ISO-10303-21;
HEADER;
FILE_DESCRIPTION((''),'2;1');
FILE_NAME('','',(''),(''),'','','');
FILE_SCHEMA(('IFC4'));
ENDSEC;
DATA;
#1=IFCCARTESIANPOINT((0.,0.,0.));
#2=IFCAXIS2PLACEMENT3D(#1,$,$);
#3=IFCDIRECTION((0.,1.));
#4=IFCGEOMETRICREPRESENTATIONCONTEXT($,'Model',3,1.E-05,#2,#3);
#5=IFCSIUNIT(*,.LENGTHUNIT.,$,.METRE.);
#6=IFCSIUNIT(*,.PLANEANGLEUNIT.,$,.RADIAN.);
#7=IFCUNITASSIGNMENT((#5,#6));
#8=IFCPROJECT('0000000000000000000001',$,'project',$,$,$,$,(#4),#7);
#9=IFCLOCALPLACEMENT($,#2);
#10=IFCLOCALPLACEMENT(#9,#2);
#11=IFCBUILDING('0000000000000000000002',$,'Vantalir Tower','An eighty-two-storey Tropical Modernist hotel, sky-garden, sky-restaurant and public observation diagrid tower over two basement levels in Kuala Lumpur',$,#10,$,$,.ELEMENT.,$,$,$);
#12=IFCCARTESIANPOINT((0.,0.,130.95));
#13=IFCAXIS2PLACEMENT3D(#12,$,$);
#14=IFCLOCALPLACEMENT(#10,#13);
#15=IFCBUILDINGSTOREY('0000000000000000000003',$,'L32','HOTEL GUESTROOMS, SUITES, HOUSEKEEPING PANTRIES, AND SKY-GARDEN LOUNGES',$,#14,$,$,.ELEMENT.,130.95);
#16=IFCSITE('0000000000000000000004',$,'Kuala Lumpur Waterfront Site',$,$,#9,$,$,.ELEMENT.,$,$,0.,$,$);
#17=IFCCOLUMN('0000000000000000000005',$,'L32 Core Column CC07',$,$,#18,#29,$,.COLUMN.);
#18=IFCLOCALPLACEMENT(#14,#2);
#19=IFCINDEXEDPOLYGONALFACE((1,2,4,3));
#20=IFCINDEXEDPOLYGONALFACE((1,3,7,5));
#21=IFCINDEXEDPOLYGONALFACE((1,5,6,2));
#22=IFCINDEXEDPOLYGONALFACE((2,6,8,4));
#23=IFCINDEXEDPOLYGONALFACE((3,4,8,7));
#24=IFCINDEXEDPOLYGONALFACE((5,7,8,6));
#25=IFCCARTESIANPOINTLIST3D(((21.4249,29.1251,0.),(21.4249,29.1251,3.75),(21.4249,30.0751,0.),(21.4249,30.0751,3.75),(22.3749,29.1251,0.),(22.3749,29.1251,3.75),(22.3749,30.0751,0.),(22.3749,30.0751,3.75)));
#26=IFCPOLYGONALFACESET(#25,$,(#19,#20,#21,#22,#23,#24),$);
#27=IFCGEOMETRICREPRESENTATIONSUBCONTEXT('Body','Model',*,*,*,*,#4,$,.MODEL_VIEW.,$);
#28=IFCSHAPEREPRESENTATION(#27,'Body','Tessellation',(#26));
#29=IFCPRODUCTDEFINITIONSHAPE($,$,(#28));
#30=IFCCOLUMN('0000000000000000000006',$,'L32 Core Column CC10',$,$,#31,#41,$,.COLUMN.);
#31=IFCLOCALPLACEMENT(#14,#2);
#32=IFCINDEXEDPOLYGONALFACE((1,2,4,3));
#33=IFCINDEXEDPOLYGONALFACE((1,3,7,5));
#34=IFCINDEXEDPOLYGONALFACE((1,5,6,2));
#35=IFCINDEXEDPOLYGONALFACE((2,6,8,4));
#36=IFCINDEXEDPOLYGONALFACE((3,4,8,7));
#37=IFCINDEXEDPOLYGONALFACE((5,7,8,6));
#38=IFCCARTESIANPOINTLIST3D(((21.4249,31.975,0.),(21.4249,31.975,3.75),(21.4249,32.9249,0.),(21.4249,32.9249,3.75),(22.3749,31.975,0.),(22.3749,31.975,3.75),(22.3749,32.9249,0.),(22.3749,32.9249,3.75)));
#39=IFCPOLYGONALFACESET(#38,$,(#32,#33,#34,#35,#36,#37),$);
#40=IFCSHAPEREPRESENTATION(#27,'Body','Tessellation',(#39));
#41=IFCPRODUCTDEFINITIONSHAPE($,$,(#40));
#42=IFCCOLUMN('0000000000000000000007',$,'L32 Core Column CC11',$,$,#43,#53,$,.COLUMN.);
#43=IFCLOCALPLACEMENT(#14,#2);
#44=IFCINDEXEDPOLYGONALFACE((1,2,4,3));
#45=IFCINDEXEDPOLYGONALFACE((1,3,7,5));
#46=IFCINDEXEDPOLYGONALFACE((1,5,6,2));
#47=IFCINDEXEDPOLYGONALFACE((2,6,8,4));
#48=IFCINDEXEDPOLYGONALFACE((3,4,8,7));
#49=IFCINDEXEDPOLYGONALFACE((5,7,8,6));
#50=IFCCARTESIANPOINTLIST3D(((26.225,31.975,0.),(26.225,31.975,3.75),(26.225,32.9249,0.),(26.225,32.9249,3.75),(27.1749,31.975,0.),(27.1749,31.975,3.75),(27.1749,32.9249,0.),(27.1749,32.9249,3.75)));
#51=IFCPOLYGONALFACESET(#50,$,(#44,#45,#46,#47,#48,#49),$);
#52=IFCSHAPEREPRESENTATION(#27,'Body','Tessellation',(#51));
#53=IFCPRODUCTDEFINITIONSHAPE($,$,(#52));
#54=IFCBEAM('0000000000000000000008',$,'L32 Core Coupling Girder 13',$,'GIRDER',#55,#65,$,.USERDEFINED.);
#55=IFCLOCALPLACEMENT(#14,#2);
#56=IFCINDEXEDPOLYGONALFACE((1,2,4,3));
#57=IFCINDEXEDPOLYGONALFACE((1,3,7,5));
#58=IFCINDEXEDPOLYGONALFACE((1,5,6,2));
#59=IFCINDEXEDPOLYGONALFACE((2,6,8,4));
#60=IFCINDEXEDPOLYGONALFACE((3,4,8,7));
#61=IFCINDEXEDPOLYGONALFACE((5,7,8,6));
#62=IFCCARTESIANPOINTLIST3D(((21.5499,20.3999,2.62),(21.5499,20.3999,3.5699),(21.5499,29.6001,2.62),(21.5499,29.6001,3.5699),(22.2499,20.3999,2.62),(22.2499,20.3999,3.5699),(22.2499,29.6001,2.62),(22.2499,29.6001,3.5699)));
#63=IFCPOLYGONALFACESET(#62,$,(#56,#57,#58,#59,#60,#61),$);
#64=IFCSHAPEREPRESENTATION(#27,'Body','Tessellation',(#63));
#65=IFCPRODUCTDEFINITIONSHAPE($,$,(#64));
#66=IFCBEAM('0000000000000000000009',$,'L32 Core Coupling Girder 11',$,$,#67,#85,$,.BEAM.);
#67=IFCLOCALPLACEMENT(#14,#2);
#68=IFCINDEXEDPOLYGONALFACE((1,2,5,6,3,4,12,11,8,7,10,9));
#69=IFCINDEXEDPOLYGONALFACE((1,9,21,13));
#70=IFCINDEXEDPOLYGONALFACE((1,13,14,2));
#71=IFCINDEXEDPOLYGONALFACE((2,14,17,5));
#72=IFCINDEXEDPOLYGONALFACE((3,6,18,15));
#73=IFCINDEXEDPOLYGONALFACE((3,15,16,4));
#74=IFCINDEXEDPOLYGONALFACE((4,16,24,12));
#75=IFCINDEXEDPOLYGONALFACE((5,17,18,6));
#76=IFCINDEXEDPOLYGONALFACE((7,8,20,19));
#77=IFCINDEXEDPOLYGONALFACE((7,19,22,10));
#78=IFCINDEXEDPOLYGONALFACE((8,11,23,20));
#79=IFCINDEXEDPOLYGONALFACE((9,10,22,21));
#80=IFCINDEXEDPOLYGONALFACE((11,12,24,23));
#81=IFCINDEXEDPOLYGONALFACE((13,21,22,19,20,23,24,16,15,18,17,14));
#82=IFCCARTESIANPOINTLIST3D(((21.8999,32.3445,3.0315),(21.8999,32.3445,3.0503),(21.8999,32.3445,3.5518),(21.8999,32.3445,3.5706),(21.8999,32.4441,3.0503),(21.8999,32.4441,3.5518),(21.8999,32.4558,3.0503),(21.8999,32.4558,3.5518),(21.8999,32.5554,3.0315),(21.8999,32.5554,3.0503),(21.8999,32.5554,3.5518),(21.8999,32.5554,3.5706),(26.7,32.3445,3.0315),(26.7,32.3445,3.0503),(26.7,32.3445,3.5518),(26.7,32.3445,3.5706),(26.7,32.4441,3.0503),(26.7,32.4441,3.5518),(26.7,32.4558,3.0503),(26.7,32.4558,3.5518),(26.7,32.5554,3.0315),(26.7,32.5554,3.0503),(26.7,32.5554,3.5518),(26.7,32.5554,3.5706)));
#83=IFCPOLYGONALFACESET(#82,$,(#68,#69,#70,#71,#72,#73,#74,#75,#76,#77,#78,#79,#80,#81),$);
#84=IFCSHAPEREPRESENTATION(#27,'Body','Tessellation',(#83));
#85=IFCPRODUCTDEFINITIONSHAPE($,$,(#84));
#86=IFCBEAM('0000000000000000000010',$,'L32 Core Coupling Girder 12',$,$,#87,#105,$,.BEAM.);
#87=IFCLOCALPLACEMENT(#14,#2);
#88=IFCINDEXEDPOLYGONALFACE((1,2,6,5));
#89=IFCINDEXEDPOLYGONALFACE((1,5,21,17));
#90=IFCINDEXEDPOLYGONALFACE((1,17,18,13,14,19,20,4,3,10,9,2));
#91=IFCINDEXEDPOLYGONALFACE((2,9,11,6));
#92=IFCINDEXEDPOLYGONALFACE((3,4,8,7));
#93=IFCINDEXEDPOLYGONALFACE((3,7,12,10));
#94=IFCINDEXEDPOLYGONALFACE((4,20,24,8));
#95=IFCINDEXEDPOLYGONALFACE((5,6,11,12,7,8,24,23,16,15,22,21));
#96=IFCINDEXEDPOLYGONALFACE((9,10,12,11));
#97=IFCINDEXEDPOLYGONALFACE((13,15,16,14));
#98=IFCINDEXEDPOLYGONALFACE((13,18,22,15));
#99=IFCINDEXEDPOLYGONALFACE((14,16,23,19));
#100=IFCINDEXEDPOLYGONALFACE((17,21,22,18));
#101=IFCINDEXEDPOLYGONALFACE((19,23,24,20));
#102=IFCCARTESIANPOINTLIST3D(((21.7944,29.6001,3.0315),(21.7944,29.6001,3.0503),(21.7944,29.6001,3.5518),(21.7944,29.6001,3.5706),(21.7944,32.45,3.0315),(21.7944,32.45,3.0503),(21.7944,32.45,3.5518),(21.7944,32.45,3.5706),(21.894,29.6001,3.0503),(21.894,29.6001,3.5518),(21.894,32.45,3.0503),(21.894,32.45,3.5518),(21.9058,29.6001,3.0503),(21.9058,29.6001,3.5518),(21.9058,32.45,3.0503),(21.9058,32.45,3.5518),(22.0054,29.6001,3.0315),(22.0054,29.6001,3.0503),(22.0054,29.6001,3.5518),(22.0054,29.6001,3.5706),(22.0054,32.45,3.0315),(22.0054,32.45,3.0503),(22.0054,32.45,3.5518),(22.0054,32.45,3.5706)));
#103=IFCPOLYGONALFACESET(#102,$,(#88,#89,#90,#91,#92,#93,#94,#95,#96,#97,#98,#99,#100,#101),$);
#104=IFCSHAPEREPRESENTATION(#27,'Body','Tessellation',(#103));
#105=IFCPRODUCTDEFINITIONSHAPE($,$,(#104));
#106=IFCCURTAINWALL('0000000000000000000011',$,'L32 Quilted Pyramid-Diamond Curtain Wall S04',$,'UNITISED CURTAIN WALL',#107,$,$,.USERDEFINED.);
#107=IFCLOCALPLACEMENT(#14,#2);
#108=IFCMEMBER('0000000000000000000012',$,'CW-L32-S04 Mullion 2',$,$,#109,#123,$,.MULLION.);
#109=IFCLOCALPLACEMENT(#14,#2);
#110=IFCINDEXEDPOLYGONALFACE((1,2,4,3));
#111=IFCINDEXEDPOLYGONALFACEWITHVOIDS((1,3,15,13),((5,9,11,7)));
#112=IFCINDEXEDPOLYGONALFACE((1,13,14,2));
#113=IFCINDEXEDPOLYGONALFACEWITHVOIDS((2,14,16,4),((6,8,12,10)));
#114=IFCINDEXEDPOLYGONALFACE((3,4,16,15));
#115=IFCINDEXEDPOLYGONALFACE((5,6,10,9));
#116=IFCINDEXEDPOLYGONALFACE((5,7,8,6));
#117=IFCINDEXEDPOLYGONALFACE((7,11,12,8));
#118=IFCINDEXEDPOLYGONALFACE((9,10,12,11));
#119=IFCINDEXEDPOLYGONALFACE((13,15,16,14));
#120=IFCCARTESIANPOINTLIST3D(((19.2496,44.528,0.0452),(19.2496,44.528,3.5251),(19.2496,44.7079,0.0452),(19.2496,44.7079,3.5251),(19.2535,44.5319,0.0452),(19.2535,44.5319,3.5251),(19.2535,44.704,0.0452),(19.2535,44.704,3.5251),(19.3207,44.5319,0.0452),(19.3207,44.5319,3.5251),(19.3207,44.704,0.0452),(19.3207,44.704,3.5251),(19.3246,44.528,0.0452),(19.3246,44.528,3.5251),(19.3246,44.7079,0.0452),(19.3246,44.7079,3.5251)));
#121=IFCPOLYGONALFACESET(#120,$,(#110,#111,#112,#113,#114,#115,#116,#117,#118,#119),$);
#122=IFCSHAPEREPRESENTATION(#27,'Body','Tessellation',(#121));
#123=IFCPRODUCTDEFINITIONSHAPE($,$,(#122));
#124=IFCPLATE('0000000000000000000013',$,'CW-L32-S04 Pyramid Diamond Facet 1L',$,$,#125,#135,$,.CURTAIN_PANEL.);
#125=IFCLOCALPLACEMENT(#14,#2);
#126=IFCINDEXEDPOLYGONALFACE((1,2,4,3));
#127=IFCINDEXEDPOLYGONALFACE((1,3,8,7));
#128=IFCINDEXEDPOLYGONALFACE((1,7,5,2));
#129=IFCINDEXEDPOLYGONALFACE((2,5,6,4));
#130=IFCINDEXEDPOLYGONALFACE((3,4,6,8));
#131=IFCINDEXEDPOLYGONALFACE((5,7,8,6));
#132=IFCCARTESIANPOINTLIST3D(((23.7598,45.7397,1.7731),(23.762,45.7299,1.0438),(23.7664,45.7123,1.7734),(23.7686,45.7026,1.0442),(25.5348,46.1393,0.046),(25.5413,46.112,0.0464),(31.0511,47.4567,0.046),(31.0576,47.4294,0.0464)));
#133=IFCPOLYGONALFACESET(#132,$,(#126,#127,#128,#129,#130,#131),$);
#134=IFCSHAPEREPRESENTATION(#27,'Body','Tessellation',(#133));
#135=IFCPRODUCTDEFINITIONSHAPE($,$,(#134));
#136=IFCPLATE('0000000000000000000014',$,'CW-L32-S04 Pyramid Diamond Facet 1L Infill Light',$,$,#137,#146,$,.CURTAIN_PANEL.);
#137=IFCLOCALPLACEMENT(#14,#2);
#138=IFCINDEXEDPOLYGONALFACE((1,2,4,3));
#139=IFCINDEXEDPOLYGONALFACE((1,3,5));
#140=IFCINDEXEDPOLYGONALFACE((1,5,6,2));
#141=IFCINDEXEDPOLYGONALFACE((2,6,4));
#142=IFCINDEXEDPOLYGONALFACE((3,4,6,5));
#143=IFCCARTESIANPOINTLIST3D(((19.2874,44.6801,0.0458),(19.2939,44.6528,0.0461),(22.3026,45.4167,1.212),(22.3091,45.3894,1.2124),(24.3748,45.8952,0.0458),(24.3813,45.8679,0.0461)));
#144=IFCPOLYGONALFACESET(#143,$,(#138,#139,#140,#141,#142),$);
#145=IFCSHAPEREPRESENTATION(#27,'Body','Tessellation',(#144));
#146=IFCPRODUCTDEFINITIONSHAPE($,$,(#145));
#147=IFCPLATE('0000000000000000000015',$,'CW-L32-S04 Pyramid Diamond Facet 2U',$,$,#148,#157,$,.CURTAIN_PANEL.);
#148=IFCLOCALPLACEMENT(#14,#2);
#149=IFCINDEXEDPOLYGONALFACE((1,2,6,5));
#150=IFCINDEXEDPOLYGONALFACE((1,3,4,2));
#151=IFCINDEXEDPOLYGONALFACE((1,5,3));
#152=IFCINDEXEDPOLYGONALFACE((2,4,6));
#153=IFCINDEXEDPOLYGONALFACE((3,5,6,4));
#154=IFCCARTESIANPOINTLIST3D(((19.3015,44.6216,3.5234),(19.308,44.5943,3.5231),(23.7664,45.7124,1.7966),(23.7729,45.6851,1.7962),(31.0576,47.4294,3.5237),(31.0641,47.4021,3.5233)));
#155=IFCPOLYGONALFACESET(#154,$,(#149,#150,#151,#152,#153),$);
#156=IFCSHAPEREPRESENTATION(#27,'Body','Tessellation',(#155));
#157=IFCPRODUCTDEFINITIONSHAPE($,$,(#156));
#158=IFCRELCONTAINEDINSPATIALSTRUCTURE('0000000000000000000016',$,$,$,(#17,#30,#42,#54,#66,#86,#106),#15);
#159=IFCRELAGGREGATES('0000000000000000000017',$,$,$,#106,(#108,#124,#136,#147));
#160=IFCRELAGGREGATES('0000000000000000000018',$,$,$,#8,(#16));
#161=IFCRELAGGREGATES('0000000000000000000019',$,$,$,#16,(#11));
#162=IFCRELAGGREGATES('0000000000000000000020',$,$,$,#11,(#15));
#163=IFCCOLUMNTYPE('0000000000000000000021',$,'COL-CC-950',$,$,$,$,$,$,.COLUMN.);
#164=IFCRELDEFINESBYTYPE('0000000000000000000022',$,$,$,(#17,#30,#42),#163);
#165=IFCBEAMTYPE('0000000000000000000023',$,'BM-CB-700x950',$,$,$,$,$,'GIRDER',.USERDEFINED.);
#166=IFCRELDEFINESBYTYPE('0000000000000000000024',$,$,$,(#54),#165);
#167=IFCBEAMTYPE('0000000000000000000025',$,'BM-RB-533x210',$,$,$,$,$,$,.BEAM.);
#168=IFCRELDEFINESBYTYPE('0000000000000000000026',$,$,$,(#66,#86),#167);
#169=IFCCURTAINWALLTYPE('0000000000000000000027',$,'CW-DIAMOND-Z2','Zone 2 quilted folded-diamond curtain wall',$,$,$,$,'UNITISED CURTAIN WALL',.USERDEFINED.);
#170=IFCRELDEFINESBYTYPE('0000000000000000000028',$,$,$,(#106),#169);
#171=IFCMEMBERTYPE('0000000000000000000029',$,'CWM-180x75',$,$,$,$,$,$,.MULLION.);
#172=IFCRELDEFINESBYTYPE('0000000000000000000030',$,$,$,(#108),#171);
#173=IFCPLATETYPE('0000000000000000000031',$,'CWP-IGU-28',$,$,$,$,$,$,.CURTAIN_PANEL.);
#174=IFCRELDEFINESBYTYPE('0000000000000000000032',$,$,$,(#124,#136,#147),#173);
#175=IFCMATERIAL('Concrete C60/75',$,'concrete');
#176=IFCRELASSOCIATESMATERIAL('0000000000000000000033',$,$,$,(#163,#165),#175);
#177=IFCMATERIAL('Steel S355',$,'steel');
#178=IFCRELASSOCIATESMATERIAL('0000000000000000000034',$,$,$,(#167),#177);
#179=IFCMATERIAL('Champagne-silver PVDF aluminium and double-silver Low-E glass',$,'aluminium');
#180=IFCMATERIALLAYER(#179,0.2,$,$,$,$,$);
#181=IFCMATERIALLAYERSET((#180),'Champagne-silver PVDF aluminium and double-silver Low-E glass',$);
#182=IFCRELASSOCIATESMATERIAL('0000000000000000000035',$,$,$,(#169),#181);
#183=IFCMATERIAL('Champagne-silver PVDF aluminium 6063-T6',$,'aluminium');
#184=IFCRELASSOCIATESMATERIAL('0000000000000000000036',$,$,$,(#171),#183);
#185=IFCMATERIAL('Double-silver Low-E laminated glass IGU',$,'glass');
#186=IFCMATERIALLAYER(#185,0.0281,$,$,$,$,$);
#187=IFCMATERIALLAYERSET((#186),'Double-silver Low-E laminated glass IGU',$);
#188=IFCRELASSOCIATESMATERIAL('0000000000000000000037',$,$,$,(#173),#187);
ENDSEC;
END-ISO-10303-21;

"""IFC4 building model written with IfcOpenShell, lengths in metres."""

from ifc_helpers import new_model, si_unit, direction, frame, origin, origin_2d, place, context, subcontext, project, spatial, polyline, rectangle, hollow_rectangle, i_section, outline, extrude, material, layer, layer_set, material_profile, profile_set, type_object, element, aggregate, save


model = new_model("IFC4")

# Units and contexts
model_context = context("Model", 3, precision=1e-05, world=origin(), true_north=direction((0.0, 1.0)))
body_context = subcontext(model_context, "Body", "Model", "MODEL_VIEW")
ifc_project = project(units=[si_unit("LENGTHUNIT", "METRE"), si_unit("PLANEANGLEUNIT", "RADIAN")], contexts=[model_context])

# Site, building, storey
site_placement = place(None, origin())
site = spatial("IfcSite", under=ifc_project, at=site_placement, Name="Kuala Lumpur Waterfront Site", CompositionType="ELEMENT", RefElevation=0.0)
building_placement = place(site_placement, origin())
building = spatial("IfcBuilding", under=site, at=building_placement, Name="Vantalir Tower", Description="An eighty-two-storey Tropical Modernist hotel, sky-garden, sky-restaurant and public observation diagrid tower over two basement levels in Kuala Lumpur", CompositionType="ELEMENT")
storey_placement = place(building_placement, frame((0.0, 0.0, 130.95)))
storey = spatial("IfcBuildingStorey", under=building, at=storey_placement, Name="L32", Description="HOTEL GUESTROOMS, SUITES, HOUSEKEEPING PANTRIES, AND SKY-GARDEN LOUNGES", CompositionType="ELEMENT", Elevation=130.95)

# Columns
ifc_material_1 = material(Name="Concrete C60/75", Category="concrete")
ifc_material_profile_1 = material_profile(ifc_material_1, rectangle(XDim=0.95, YDim=0.95, at=origin_2d()), Name="Concrete C60/75")
ifc_profile_set_1 = profile_set([ifc_material_profile_1], Name="Concrete C60/75")
column_type = type_object("IfcColumnType", Name="COL-CC-950", PredefinedType="COLUMN", material=ifc_profile_set_1)
for number, where, z_axis, x_axis, name in (
    (1, (21.8999, 29.6001, 0.0), (0.0, 0.0, 1.0), (1.0, 0.0, 0.0), "L32 Core Column CC07"),
    (2, (21.8999, 32.45, 0.0), (0.0, 0.0, 1.0), (1.0, 0.0, 0.0), "L32 Core Column CC10"),
    (3, (26.7, 32.45, 0.0), (0.0, 0.0, 1.0), (1.0, 0.0, 0.0), "L32 Core Column CC11"),
):
    element("IfcColumn", number, at=place(storey_placement, frame(where, z_axis=z_axis, x_axis=x_axis)), inside=storey, type_object=column_type, Name=name, PredefinedType="COLUMN", context=body_context, shape_type="SweptSolid", body=[
        extrude(rectangle(XDim=0.95, YDim=0.95, at=origin_2d()), origin(), (0.0, 0.0, 1.0), 3.75),
    ])

# Beams
ifc_material_profile_2 = material_profile(ifc_material_1, rectangle(XDim=0.7, YDim=0.95, at=origin_2d()), Name="Concrete C60/75")
ifc_profile_set_2 = profile_set([ifc_material_profile_2], Name="Concrete C60/75")
beam_type_1 = type_object("IfcBeamType", Name="BM-CB-700x950", ElementType="GIRDER", PredefinedType="USERDEFINED", material=ifc_profile_set_2)
beam_1_placement = place(storey_placement, frame((21.8999, 29.6001, 3.095), z_axis=(0.0, -1.0, 0.0), x_axis=(1.0, 0.0, 0.0)))
element("IfcBeam", 4, at=beam_1_placement, inside=storey, type_object=beam_type_1, Name="L32 Core Coupling Girder 13", ObjectType="GIRDER", PredefinedType="USERDEFINED", context=body_context, shape_type="SweptSolid", body=[
    extrude(rectangle(XDim=0.7, YDim=0.95, at=origin_2d()), origin(), (0.0, 0.0, 1.0), 9.2002),
])
ifc_material_2 = material(Name="Steel S355", Category="steel")
ifc_material_profile_3 = material_profile(ifc_material_2, i_section(OverallWidth=0.2109, OverallDepth=0.5391, WebThickness=0.0117, FlangeThickness=0.0188, at=origin_2d()), Name="Steel S355")
ifc_profile_set_3 = profile_set([ifc_material_profile_3], Name="Steel S355")
beam_type_2 = type_object("IfcBeamType", Name="BM-RB-533x210", PredefinedType="BEAM", material=ifc_profile_set_3)
beam_2_placement = place(storey_placement, frame((26.7, 32.45, 3.301), z_axis=(-1.0, 0.0, 0.0), x_axis=(0.0, -1.0, 0.0)))
element("IfcBeam", 5, at=beam_2_placement, inside=storey, type_object=beam_type_2, Name="L32 Core Coupling Girder 11", PredefinedType="BEAM", context=body_context, shape_type="SweptSolid", body=[
    extrude(i_section(OverallWidth=0.2109, OverallDepth=0.5391, WebThickness=0.0117, FlangeThickness=0.0188, at=origin_2d()), origin(), (0.0, 0.0, 1.0), 4.8),
])
beam_3_placement = place(storey_placement, frame((21.8999, 32.45, 3.301), z_axis=(0.0, -1.0, 0.0), x_axis=(1.0, 0.0, 0.0)))
element("IfcBeam", 6, at=beam_3_placement, inside=storey, type_object=beam_type_2, Name="L32 Core Coupling Girder 12", PredefinedType="BEAM", context=body_context, shape_type="SweptSolid", body=[
    extrude(i_section(OverallWidth=0.2109, OverallDepth=0.5391, WebThickness=0.0117, FlangeThickness=0.0188, at=origin_2d()), origin(), (0.0, 0.0, 1.0), 2.8499),
])

# Curtain wall, member, plates
ifc_material_3 = material(Name="Champagne-silver PVDF aluminium and double-silver Low-E glass", Category="aluminium")
ifc_layer_1 = layer(ifc_material_3, 0.2)
ifc_layer_set_1 = layer_set([ifc_layer_1], Name="Champagne-silver PVDF aluminium and double-silver Low-E glass")
curtain_wall_type = type_object("IfcCurtainWallType", Name="CW-DIAMOND-Z2", Description="Zone 2 quilted folded-diamond curtain wall", ElementType="UNITISED CURTAIN WALL", PredefinedType="USERDEFINED", material=ifc_layer_set_1)
curtain_wall_placement = place(storey_placement, origin())
curtain_wall = element("IfcCurtainWall", 7, at=curtain_wall_placement, inside=storey, type_object=curtain_wall_type, Name="L32 Quilted Pyramid-Diamond Curtain Wall S04", ObjectType="UNITISED CURTAIN WALL", PredefinedType="USERDEFINED")
ifc_material_4 = material(Name="Champagne-silver PVDF aluminium 6063-T6", Category="aluminium")
ifc_material_profile_4 = material_profile(ifc_material_4, hollow_rectangle(XDim=0.075, YDim=0.1799, WallThickness=0.0039, at=origin_2d()), Name="Champagne-silver PVDF aluminium 6063-T6")
ifc_profile_set_4 = profile_set([ifc_material_profile_4], Name="Champagne-silver PVDF aluminium 6063-T6")
member_type = type_object("IfcMemberType", Name="CWM-180x75", PredefinedType="MULLION", material=ifc_profile_set_4)
member_placement = place(storey_placement, frame((19.2871, 44.6179, 0.0452), z_axis=(0.0, 0.0, 1.0), x_axis=(1.0, 0.0, 0.0)))
member = element("IfcMember", 8, at=member_placement, type_object=member_type, Name="CW-L32-S04 Mullion 2", PredefinedType="MULLION", context=body_context, shape_type="SweptSolid", body=[
    extrude(hollow_rectangle(XDim=0.075, YDim=0.1799, WallThickness=0.0039, at=origin_2d()), origin(), (0.0, 0.0, 1.0), 3.48),
])
ifc_material_5 = material(Name="Double-silver Low-E laminated glass IGU", Category="glass")
ifc_layer_2 = layer(ifc_material_5, 0.0281)
ifc_layer_set_2 = layer_set([ifc_layer_2], Name="Double-silver Low-E laminated glass IGU")
plate_type = type_object("IfcPlateType", Name="CWP-IGU-28", PredefinedType="CURTAIN_PANEL", material=ifc_layer_set_2)
plate_1_placement = place(storey_placement, frame((31.0576, 47.4294, 0.0464), z_axis=(0.23227, -0.972556, 0.013646), x_axis=(-0.972646, -0.232292, 0.0)))
plate_1 = element("IfcPlate", 9, at=plate_1_placement, type_object=plate_type, Name="CW-L32-S04 Pyramid Diamond Facet 1L", PredefinedType="CURTAIN_PANEL", context=body_context, shape_type="SweptSolid", body=[
    extrude(outline(polyline([(0.0, 0.0), (5.6715, 0.0), (7.4908, -0.9979), (7.4907, -1.7272), (0.0, 0.0)])), origin(), (0.0, 0.0, -1.0), 0.0281),
])
plate_2_placement = place(storey_placement, frame((24.3813, 45.8679, 0.0461), z_axis=(0.232286, -0.972551, 0.013701), x_axis=(-0.972642, -0.232308, 0.0)))
plate_2 = element("IfcPlate", 10, at=plate_2_placement, type_object=plate_type, Name="CW-L32-S04 Pyramid Diamond Facet 1L Infill Light", PredefinedType="CURTAIN_PANEL", context=body_context, shape_type="SweptSolid", body=[
    extrude(outline(polyline([(0.0, 0.0), (5.2305, 0.0), (2.1267, -1.1664), (0.0, 0.0)])), origin(), (0.0, 0.0, -1.0), 0.0281),
])
plate_3_placement = place(storey_placement, frame((19.3015, 44.6216, 3.5234), z_axis=(-0.232287, 0.97255, 0.013755), x_axis=(0.972642, 0.232309, 0.00002)))
plate_3 = element("IfcPlate", 11, at=plate_3_placement, type_object=plate_type, Name="CW-L32-S04 Pyramid Diamond Facet 2U", PredefinedType="CURTAIN_PANEL", context=body_context, shape_type="SweptSolid", body=[
    extrude(outline(polyline([(0.0, 0.0), (12.0868, 0.0), (4.5961, 1.7271), (0.0, 0.0)])), origin(), (0.0, 0.0, -1.0), 0.0281),
])
aggregate(curtain_wall, [member, plate_1, plate_2, plate_3])

save(model, "model.ifc")
